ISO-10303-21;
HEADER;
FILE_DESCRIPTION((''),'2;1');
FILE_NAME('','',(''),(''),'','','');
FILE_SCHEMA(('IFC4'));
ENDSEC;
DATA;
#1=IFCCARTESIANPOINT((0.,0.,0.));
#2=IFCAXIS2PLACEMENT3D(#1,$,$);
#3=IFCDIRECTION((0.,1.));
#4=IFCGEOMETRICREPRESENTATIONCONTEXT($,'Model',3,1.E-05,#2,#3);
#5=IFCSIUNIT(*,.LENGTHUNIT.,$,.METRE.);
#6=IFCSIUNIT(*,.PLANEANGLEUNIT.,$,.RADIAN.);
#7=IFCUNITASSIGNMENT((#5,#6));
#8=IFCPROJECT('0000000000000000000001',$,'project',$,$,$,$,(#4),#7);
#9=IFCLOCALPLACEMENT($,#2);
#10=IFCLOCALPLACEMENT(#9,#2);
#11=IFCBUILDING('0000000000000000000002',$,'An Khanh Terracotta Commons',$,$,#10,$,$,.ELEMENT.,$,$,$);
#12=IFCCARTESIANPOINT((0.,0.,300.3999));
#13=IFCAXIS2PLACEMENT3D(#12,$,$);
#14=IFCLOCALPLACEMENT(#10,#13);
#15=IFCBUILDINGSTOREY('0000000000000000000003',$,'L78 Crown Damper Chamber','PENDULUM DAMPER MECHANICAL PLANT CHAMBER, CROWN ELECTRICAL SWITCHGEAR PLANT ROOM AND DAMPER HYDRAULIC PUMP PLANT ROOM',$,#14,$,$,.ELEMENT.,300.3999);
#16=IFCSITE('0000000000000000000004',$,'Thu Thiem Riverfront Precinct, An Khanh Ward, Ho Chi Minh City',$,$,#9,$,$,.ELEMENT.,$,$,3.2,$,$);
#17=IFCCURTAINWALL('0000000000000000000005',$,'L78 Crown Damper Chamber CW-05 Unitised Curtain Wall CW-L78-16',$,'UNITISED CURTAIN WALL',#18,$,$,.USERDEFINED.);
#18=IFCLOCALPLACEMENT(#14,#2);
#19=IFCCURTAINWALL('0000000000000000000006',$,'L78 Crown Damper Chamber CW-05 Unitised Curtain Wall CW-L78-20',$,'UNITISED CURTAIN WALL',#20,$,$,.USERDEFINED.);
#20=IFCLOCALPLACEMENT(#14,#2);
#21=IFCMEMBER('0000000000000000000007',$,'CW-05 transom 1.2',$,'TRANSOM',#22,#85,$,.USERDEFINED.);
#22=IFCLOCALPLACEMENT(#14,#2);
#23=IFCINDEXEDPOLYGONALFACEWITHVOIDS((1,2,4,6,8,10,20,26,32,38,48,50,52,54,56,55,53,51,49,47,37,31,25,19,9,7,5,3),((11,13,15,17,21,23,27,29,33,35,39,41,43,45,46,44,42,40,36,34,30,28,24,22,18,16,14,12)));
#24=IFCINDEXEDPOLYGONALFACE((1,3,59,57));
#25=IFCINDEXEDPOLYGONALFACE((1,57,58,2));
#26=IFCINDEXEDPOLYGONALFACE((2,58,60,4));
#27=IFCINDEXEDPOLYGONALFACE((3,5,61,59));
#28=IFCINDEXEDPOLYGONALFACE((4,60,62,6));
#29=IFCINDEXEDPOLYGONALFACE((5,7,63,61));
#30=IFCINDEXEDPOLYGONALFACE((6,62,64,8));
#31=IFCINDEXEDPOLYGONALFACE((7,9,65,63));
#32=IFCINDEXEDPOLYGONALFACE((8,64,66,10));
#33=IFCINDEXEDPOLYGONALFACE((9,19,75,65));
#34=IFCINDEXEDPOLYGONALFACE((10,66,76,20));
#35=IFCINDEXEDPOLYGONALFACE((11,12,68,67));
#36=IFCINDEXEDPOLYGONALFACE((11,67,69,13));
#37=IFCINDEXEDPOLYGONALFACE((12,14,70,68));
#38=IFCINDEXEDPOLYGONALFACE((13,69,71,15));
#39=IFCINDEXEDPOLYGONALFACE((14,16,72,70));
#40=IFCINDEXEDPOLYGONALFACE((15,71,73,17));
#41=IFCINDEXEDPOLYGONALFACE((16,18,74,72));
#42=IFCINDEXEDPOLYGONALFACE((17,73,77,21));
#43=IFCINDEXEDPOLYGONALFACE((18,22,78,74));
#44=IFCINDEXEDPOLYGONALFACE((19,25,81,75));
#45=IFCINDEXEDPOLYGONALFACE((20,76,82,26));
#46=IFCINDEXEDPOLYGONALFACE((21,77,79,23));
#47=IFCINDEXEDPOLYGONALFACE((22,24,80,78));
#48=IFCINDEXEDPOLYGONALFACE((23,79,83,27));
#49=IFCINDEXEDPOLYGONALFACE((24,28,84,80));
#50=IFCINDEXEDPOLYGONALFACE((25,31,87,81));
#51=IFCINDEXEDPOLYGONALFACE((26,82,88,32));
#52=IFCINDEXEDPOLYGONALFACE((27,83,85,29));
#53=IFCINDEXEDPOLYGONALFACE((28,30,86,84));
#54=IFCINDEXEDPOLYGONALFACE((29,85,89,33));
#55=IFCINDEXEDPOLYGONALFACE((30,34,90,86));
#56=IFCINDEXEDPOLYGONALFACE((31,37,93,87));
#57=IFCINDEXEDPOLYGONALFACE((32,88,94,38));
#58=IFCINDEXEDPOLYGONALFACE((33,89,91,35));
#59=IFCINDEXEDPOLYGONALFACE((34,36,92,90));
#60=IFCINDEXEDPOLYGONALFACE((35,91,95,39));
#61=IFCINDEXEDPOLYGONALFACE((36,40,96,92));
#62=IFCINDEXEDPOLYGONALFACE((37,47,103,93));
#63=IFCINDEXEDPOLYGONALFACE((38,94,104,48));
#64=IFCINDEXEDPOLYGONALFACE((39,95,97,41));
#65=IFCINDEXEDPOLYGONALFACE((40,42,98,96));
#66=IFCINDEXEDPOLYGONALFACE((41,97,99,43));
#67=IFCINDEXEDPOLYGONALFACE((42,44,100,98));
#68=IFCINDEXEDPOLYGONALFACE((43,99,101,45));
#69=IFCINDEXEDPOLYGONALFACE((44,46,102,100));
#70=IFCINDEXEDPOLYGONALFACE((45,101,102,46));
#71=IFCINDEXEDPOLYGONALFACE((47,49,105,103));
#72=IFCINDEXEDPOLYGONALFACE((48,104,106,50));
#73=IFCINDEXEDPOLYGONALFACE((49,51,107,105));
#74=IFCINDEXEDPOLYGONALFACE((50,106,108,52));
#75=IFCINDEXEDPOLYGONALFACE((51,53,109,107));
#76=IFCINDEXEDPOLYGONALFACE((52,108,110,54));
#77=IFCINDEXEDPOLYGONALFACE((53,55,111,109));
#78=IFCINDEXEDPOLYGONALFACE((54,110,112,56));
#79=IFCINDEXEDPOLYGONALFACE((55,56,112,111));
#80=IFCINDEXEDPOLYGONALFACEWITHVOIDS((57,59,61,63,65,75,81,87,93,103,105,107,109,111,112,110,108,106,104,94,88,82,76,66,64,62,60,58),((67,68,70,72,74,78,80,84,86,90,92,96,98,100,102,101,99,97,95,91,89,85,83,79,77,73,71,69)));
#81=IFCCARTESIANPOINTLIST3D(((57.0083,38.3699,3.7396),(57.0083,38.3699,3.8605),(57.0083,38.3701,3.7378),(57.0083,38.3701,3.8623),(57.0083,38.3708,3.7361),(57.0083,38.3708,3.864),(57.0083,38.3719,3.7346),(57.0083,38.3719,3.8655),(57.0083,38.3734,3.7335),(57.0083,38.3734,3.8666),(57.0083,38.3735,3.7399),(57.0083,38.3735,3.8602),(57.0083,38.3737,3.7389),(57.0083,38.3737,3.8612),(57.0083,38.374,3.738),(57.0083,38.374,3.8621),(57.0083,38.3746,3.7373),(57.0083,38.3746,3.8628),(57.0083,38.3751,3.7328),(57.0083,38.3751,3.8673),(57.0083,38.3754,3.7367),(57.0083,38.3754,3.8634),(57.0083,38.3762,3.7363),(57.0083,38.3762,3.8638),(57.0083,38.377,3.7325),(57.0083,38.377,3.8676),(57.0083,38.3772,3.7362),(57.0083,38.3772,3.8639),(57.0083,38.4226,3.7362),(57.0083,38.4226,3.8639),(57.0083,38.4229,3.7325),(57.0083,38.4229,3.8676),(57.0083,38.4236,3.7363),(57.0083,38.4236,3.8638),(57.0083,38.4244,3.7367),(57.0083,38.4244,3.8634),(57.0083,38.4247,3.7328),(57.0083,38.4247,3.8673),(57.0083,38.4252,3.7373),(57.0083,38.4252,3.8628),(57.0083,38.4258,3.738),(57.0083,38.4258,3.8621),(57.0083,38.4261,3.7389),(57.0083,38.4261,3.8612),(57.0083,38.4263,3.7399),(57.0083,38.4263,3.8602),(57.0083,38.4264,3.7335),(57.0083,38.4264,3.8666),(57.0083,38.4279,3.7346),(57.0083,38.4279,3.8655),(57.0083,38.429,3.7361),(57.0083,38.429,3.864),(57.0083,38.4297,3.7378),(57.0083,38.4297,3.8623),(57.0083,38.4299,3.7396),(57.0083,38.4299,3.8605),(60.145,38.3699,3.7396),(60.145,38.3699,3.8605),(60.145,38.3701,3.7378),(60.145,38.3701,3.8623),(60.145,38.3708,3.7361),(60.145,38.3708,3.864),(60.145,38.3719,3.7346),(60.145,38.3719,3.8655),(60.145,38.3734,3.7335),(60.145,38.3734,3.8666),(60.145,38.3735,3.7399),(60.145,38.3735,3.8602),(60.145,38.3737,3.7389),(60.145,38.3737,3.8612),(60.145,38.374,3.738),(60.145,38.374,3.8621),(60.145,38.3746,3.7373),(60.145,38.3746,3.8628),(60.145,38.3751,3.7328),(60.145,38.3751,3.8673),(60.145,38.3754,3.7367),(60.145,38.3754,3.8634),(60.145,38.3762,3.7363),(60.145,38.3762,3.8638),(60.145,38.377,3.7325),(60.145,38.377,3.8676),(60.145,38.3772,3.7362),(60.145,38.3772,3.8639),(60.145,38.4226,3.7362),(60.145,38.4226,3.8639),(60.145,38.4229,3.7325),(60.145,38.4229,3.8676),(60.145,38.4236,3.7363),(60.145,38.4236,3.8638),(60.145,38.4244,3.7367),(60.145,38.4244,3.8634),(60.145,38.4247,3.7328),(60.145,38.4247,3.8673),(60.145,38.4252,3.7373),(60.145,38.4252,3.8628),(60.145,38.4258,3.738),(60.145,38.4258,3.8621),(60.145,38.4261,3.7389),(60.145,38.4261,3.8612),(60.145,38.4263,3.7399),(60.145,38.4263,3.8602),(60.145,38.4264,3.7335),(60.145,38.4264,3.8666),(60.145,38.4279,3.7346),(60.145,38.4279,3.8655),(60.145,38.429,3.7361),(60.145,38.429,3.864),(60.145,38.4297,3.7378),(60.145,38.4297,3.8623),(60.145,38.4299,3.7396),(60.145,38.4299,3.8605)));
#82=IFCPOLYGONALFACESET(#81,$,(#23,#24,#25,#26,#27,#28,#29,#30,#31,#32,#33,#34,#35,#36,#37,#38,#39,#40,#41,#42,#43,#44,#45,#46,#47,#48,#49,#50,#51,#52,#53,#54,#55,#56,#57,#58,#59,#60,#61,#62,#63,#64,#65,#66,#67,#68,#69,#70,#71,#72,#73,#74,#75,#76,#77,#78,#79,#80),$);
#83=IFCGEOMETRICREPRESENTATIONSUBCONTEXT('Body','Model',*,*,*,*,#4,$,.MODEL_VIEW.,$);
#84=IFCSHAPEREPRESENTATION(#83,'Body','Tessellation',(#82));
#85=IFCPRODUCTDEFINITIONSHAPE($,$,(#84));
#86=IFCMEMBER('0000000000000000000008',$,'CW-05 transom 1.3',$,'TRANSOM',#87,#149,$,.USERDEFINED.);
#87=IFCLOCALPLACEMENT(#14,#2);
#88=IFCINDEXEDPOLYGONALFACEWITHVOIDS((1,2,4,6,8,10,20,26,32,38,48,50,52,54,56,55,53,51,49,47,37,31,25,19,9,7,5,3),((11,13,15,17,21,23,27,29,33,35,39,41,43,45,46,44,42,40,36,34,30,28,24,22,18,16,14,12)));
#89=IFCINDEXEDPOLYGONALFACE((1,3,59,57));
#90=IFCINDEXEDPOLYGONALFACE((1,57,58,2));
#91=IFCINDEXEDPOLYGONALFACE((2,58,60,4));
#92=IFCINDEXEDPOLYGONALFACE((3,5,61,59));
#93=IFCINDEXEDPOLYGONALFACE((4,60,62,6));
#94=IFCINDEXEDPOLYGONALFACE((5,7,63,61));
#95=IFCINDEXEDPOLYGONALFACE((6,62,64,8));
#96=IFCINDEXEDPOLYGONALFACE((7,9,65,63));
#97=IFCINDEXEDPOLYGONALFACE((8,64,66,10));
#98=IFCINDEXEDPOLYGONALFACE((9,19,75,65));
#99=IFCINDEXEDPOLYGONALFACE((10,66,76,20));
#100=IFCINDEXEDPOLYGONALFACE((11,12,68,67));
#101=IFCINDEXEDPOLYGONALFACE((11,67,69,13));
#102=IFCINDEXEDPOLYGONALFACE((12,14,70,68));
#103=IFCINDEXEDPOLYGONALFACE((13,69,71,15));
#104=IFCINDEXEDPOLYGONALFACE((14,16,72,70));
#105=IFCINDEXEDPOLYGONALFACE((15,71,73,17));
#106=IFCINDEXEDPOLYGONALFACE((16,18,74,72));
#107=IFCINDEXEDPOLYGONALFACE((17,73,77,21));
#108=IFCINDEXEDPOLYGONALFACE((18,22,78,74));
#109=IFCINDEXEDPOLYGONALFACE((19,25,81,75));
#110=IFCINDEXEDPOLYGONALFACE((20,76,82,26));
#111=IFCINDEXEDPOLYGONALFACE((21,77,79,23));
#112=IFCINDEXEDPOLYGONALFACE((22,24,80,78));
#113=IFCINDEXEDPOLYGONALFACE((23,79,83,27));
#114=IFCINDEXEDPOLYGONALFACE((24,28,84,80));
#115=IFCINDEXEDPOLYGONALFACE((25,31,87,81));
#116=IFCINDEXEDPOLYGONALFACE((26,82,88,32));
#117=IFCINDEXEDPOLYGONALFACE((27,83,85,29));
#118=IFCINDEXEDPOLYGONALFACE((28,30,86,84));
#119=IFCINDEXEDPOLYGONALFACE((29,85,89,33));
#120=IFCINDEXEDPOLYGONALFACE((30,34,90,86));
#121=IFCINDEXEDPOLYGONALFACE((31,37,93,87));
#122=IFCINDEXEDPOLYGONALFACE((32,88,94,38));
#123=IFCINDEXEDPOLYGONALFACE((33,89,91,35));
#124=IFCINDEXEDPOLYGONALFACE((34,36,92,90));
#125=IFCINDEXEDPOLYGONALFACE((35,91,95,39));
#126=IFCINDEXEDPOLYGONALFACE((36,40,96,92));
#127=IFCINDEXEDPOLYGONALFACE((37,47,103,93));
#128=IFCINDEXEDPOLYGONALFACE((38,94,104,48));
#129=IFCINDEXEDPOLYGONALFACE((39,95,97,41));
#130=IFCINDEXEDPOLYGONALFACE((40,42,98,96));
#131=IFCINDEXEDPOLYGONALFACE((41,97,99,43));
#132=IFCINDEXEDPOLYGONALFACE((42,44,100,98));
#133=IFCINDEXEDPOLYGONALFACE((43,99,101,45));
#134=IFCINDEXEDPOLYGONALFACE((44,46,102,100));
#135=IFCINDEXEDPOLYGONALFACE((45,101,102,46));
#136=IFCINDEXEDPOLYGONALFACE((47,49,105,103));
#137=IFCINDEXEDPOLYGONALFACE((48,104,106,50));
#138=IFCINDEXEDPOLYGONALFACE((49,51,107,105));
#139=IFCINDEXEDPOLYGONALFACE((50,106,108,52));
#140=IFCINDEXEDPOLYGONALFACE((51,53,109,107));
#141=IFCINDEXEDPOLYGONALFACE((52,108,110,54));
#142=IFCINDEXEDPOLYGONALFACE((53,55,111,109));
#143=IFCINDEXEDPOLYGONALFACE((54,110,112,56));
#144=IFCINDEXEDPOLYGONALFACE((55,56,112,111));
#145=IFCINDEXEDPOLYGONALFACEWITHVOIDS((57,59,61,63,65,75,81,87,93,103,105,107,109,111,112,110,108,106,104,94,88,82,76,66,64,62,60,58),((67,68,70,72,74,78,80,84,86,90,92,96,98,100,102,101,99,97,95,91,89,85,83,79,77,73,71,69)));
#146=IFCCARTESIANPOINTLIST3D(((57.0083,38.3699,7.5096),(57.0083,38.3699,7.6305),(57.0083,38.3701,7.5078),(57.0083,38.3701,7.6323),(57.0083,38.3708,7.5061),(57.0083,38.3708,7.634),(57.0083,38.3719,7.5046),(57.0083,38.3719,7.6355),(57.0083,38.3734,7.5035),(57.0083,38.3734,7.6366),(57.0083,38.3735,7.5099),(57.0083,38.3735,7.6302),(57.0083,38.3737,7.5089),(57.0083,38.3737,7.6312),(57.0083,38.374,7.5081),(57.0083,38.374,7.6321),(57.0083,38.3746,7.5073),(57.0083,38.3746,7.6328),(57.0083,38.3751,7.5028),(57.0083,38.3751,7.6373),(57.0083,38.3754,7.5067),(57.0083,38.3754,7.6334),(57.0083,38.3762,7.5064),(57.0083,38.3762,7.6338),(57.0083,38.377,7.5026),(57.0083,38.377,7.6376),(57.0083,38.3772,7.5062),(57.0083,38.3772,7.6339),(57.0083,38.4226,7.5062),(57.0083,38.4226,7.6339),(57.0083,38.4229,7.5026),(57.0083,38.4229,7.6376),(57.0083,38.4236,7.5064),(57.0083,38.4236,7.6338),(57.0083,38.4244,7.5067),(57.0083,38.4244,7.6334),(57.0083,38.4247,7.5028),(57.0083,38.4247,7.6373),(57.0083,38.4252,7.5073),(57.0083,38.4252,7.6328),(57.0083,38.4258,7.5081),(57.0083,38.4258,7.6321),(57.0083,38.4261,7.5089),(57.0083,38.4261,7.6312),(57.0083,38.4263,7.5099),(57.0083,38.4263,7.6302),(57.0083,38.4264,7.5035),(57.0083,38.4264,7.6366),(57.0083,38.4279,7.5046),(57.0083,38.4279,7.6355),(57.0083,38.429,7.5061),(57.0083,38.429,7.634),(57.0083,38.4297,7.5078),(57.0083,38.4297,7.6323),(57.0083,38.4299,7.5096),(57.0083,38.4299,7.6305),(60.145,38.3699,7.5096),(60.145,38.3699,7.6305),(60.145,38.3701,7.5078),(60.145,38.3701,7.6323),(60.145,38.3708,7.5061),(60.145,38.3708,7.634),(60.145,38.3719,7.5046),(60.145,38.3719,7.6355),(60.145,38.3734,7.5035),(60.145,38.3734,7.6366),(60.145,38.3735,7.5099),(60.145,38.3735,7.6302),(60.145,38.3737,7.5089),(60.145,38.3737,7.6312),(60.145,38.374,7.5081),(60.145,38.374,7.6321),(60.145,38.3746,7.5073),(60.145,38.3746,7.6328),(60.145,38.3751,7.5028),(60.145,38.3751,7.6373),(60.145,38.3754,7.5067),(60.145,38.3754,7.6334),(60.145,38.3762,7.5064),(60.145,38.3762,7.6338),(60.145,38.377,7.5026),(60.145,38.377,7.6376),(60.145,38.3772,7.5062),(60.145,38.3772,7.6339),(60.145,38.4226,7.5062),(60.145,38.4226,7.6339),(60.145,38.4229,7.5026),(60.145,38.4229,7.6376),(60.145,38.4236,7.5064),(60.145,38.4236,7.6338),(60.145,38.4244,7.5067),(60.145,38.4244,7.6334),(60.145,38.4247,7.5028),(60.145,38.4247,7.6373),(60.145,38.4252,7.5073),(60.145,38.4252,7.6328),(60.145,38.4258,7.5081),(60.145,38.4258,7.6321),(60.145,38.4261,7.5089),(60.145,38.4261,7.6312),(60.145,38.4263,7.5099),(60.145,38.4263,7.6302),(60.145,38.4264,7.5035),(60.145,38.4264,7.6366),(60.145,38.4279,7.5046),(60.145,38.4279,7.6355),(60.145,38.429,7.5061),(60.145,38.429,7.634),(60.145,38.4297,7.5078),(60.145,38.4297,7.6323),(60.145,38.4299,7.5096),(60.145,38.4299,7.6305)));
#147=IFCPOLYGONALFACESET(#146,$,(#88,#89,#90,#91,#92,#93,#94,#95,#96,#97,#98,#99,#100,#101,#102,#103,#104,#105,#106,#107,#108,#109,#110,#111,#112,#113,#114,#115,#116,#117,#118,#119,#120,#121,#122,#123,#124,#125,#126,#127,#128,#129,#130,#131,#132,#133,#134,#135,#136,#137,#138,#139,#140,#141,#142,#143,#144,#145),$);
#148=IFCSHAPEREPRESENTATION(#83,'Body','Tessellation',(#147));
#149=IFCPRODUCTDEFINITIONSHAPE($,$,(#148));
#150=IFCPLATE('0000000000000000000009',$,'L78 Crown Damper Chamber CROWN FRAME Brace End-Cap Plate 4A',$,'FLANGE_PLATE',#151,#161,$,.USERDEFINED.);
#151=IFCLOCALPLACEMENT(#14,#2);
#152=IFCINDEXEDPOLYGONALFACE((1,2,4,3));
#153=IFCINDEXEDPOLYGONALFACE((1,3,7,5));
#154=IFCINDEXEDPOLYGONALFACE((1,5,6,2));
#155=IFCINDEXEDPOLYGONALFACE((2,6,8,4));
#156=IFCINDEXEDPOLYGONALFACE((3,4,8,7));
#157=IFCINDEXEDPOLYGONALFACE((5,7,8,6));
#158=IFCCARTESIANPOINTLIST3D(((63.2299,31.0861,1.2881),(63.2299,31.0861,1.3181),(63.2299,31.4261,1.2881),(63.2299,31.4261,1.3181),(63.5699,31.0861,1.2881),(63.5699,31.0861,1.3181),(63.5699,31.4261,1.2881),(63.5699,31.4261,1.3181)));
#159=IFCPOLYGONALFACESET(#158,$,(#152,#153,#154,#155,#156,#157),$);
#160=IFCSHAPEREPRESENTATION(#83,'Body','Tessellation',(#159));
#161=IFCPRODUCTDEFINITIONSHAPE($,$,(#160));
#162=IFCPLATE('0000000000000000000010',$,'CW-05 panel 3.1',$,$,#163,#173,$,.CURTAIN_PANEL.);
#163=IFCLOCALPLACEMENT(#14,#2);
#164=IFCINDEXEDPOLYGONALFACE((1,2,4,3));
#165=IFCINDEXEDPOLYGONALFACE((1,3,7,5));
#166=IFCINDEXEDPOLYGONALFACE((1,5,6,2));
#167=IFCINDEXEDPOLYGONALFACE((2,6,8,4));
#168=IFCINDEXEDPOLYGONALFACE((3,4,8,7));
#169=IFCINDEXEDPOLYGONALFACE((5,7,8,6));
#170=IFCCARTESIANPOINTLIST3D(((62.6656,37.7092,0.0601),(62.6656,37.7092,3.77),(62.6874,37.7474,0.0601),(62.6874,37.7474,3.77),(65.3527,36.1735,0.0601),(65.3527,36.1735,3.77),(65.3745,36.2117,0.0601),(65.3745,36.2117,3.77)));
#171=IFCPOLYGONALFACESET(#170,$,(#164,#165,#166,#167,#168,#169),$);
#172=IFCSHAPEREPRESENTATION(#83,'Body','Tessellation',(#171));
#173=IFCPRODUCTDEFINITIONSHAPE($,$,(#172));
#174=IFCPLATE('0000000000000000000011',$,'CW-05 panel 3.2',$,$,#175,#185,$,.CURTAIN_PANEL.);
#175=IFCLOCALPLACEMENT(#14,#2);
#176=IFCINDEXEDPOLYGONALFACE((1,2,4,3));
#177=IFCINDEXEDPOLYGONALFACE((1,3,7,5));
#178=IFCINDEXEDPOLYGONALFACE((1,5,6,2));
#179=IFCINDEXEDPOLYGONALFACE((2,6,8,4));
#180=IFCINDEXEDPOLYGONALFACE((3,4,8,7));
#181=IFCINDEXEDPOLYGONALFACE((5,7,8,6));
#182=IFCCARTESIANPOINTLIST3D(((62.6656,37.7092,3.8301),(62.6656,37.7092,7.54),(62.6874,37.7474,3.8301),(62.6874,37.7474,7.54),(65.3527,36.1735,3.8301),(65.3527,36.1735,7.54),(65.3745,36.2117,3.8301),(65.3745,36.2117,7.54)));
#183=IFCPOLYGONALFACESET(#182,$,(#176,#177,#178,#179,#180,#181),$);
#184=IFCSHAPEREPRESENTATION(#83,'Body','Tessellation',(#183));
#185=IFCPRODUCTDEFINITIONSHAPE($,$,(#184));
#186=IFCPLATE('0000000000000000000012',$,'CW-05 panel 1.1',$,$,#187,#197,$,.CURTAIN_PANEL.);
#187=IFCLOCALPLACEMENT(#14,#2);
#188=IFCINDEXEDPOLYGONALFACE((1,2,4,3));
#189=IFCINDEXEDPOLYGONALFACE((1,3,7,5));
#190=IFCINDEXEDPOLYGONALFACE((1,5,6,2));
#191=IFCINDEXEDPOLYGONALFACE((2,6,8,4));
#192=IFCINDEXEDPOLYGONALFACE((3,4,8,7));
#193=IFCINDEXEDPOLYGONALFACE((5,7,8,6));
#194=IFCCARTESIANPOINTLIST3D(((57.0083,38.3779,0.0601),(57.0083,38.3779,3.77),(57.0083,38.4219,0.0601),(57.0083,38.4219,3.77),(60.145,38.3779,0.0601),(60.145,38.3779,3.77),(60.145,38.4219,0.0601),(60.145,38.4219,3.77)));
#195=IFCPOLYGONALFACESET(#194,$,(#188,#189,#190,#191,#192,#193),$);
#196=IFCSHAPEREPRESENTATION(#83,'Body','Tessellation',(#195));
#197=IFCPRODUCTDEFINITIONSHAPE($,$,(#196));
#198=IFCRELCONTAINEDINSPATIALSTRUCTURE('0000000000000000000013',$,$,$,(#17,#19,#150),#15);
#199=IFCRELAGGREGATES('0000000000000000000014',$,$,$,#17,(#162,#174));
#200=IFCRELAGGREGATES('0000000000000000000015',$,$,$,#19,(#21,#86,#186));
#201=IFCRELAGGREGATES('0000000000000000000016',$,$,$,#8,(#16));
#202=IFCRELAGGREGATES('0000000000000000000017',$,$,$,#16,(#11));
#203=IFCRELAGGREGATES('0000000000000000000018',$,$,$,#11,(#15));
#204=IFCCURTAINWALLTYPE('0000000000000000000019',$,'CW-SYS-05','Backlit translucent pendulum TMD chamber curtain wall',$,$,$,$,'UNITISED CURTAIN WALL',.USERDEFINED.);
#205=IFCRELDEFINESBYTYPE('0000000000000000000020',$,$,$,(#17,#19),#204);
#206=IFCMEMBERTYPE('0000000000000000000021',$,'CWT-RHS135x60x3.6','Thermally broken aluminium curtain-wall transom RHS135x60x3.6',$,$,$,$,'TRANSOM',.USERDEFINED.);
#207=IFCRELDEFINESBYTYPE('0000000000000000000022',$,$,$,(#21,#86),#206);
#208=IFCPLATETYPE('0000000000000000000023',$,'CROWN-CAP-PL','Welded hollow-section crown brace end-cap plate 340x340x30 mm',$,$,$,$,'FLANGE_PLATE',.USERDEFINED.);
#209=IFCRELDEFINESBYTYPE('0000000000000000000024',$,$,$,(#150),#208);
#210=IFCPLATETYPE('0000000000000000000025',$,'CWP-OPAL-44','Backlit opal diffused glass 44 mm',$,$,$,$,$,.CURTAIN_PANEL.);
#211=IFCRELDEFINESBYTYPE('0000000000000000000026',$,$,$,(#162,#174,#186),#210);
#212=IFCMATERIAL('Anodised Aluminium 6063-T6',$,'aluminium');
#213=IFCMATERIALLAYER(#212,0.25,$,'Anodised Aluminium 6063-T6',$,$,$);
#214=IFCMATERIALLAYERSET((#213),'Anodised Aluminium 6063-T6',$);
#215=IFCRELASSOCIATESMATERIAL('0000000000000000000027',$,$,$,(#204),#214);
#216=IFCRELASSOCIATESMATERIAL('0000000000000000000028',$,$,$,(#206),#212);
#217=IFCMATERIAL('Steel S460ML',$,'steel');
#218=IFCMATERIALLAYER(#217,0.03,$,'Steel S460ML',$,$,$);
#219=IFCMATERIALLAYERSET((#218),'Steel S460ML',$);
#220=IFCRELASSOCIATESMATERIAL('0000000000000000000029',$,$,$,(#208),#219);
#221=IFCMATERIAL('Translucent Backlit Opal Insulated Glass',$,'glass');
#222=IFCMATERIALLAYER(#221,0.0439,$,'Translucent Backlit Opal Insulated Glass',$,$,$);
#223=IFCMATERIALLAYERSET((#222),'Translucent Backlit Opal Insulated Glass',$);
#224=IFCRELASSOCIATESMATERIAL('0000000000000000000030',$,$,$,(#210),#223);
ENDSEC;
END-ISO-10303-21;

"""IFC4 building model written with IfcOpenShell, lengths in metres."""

from ifc_helpers import new_model, si_unit, direction, frame, origin, origin_2d, place, context, subcontext, project, spatial, rectangle, hollow_rectangle, extrude, material, layer, layer_set, material_profile, profile_set, type_object, element, aggregate, save


model = new_model("IFC4")

# Units and contexts
model_context = context("Model", 3, precision=1e-05, world=origin(), true_north=direction((0.0, 1.0)))
body_context = subcontext(model_context, "Body", "Model", "MODEL_VIEW")
ifc_project = project(units=[si_unit("LENGTHUNIT", "METRE"), si_unit("PLANEANGLEUNIT", "RADIAN")], contexts=[model_context])

# Site, building, storey
site_placement = place(None, origin())
site = spatial("IfcSite", under=ifc_project, at=site_placement, Name="Thu Thiem Riverfront Precinct, An Khanh Ward, Ho Chi Minh City", CompositionType="ELEMENT", RefElevation=3.2)
building_placement = place(site_placement, origin())
building = spatial("IfcBuilding", under=site, at=building_placement, Name="An Khanh Terracotta Commons", CompositionType="ELEMENT")
storey_placement = place(building_placement, frame((0.0, 0.0, 300.3999)))
storey = spatial("IfcBuildingStorey", under=building, at=storey_placement, Name="L78 Crown Damper Chamber", Description="PENDULUM DAMPER MECHANICAL PLANT CHAMBER, CROWN ELECTRICAL SWITCHGEAR PLANT ROOM AND DAMPER HYDRAULIC PUMP PLANT ROOM", CompositionType="ELEMENT", Elevation=300.3999)

# Shared definitions
ifc_material_1 = material(Name="Steel S460ML", Category="steel")

# Curtain wall
ifc_material_2 = material(Name="Anodised Aluminium 6063-T6", Category="aluminium")
ifc_layer_1 = layer(ifc_material_2, 0.25, Name="Anodised Aluminium 6063-T6")
ifc_layer_set_1 = layer_set([ifc_layer_1], Name="Anodised Aluminium 6063-T6")
curtain_wall_type = type_object("IfcCurtainWallType", Name="CW-SYS-05", Description="Backlit translucent pendulum TMD chamber curtain wall", ElementType="UNITISED CURTAIN WALL", PredefinedType="USERDEFINED", material=ifc_layer_set_1)
curtain_wall_1_placement = place(storey_placement, origin())
curtain_wall_1 = element("IfcCurtainWall", 1, at=curtain_wall_1_placement, inside=storey, type_object=curtain_wall_type, Name="L78 Crown Damper Chamber CW-05 Unitised Curtain Wall CW-L78-16", ObjectType="UNITISED CURTAIN WALL", PredefinedType="USERDEFINED")

# Curtain wall
curtain_wall_2_placement = place(storey_placement, origin())
curtain_wall_2 = element("IfcCurtainWall", 2, at=curtain_wall_2_placement, inside=storey, type_object=curtain_wall_type, Name="L78 Crown Damper Chamber CW-05 Unitised Curtain Wall CW-L78-20", ObjectType="UNITISED CURTAIN WALL", PredefinedType="USERDEFINED")

# Members
ifc_material_profile_1 = material_profile(ifc_material_2, hollow_rectangle(XDim=0.0601, YDim=0.135, WallThickness=0.0037, InnerFilletRadius=0.0037, OuterFilletRadius=0.0071, at=origin_2d()), Name="RHS135x60x3.6")
ifc_profile_set_1 = profile_set([ifc_material_profile_1], Name="Anodised Aluminium 6063-T6")
member_type_1 = type_object("IfcMemberType", Name="CWT-RHS135x60x3.6", Description="Thermally broken aluminium curtain-wall transom RHS135x60x3.6", ElementType="TRANSOM", PredefinedType="USERDEFINED", material=ifc_profile_set_1)
member_1_placement = place(storey_placement, frame((60.145, 38.3999, 3.8), z_axis=(-1.0, 0.0, 0.0), x_axis=(0.0, -1.0, 0.0)))
member_1 = element("IfcMember", 3, at=member_1_placement, type_object=member_type_1, Name="CW-05 transom 1.2", ObjectType="TRANSOM", PredefinedType="USERDEFINED", context=body_context, shape_type="SweptSolid", body=[
    extrude(hollow_rectangle(XDim=0.0601, YDim=0.135, WallThickness=0.0037, InnerFilletRadius=0.0037, OuterFilletRadius=0.0071, at=origin_2d()), origin(), (0.0, 0.0, 1.0), 3.1367),
])
member_2_placement = place(storey_placement, frame((60.145, 38.3999, 7.5701), z_axis=(-1.0, 0.0, 0.0), x_axis=(0.0, -1.0, 0.0)))
member_2 = element("IfcMember", 4, at=member_2_placement, type_object=member_type_1, Name="CW-05 transom 1.3", ObjectType="TRANSOM", PredefinedType="USERDEFINED", context=body_context, shape_type="SweptSolid", body=[
    extrude(hollow_rectangle(XDim=0.0601, YDim=0.135, WallThickness=0.0037, InnerFilletRadius=0.0037, OuterFilletRadius=0.0071, at=origin_2d()), origin(), (0.0, 0.0, 1.0), 3.1367),
])

# Plates
ifc_layer_2 = layer(ifc_material_1, 0.03, Name="Steel S460ML")
ifc_layer_set_2 = layer_set([ifc_layer_2], Name="Steel S460ML")
plate_type_1 = type_object("IfcPlateType", Name="CROWN-CAP-PL", Description="Welded hollow-section crown brace end-cap plate 340x340x30 mm", ElementType="FLANGE_PLATE", PredefinedType="USERDEFINED", material=ifc_layer_set_2)
plate_1_placement = place(storey_placement, frame((63.3999, 31.2561, 1.2881), z_axis=(0.0, 0.0, 1.0), x_axis=(1.0, 0.0, 0.0)))
element("IfcPlate", 5, at=plate_1_placement, inside=storey, type_object=plate_type_1, Name="L78 Crown Damper Chamber CROWN FRAME Brace End-Cap Plate 4A", ObjectType="FLANGE_PLATE", PredefinedType="USERDEFINED", context=body_context, shape_type="SweptSolid", body=[
    extrude(rectangle(XDim=0.3401, YDim=0.3401, at=origin_2d()), origin(), (0.0, 0.0, 1.0), 0.03),
])
ifc_material_3 = material(Name="Translucent Backlit Opal Insulated Glass", Category="glass")
ifc_layer_3 = layer(ifc_material_3, 0.0439, Name="Translucent Backlit Opal Insulated Glass")
ifc_layer_set_3 = layer_set([ifc_layer_3], Name="Translucent Backlit Opal Insulated Glass")
plate_type_2 = type_object("IfcPlateType", Name="CWP-OPAL-44", Description="Backlit opal diffused glass 44 mm", PredefinedType="CURTAIN_PANEL", material=ifc_layer_set_3)
plate_2_placement = place(storey_placement, frame((64.02, 36.9604, 0.0601), z_axis=(0.0, 0.0, 1.0), x_axis=(-0.868205, 0.496206, 0.0)))
plate_2 = element("IfcPlate", 6, at=plate_2_placement, type_object=plate_type_2, Name="CW-05 panel 3.1", PredefinedType="CURTAIN_PANEL", context=body_context, shape_type="SweptSolid", body=[
    extrude(rectangle(XDim=3.095, YDim=0.0439, at=origin_2d()), origin(), (0.0, 0.0, 1.0), 3.71),
])
plate_3_placement = place(storey_placement, frame((64.02, 36.9604, 3.8301), z_axis=(0.0, 0.0, 1.0), x_axis=(-0.868205, 0.496206, 0.0)))
plate_3 = element("IfcPlate", 7, at=plate_3_placement, type_object=plate_type_2, Name="CW-05 panel 3.2", PredefinedType="CURTAIN_PANEL", context=body_context, shape_type="SweptSolid", body=[
    extrude(rectangle(XDim=3.095, YDim=0.0439, at=origin_2d()), origin(), (0.0, 0.0, 1.0), 3.71),
])
aggregate(curtain_wall_1, [plate_2, plate_3])
plate_4_placement = place(storey_placement, frame((58.5767, 38.3999, 0.0601), z_axis=(0.0, 0.0, 1.0), x_axis=(-1.0, 0.0, 0.0)))
plate_4 = element("IfcPlate", 8, at=plate_4_placement, type_object=plate_type_2, Name="CW-05 panel 1.1", PredefinedType="CURTAIN_PANEL", context=body_context, shape_type="SweptSolid", body=[
    extrude(rectangle(XDim=3.1367, YDim=0.0439, at=origin_2d()), origin(), (0.0, 0.0, 1.0), 3.71),
])
aggregate(curtain_wall_2, [member_1, member_2, plate_4])

save(model, "model.ifc")
